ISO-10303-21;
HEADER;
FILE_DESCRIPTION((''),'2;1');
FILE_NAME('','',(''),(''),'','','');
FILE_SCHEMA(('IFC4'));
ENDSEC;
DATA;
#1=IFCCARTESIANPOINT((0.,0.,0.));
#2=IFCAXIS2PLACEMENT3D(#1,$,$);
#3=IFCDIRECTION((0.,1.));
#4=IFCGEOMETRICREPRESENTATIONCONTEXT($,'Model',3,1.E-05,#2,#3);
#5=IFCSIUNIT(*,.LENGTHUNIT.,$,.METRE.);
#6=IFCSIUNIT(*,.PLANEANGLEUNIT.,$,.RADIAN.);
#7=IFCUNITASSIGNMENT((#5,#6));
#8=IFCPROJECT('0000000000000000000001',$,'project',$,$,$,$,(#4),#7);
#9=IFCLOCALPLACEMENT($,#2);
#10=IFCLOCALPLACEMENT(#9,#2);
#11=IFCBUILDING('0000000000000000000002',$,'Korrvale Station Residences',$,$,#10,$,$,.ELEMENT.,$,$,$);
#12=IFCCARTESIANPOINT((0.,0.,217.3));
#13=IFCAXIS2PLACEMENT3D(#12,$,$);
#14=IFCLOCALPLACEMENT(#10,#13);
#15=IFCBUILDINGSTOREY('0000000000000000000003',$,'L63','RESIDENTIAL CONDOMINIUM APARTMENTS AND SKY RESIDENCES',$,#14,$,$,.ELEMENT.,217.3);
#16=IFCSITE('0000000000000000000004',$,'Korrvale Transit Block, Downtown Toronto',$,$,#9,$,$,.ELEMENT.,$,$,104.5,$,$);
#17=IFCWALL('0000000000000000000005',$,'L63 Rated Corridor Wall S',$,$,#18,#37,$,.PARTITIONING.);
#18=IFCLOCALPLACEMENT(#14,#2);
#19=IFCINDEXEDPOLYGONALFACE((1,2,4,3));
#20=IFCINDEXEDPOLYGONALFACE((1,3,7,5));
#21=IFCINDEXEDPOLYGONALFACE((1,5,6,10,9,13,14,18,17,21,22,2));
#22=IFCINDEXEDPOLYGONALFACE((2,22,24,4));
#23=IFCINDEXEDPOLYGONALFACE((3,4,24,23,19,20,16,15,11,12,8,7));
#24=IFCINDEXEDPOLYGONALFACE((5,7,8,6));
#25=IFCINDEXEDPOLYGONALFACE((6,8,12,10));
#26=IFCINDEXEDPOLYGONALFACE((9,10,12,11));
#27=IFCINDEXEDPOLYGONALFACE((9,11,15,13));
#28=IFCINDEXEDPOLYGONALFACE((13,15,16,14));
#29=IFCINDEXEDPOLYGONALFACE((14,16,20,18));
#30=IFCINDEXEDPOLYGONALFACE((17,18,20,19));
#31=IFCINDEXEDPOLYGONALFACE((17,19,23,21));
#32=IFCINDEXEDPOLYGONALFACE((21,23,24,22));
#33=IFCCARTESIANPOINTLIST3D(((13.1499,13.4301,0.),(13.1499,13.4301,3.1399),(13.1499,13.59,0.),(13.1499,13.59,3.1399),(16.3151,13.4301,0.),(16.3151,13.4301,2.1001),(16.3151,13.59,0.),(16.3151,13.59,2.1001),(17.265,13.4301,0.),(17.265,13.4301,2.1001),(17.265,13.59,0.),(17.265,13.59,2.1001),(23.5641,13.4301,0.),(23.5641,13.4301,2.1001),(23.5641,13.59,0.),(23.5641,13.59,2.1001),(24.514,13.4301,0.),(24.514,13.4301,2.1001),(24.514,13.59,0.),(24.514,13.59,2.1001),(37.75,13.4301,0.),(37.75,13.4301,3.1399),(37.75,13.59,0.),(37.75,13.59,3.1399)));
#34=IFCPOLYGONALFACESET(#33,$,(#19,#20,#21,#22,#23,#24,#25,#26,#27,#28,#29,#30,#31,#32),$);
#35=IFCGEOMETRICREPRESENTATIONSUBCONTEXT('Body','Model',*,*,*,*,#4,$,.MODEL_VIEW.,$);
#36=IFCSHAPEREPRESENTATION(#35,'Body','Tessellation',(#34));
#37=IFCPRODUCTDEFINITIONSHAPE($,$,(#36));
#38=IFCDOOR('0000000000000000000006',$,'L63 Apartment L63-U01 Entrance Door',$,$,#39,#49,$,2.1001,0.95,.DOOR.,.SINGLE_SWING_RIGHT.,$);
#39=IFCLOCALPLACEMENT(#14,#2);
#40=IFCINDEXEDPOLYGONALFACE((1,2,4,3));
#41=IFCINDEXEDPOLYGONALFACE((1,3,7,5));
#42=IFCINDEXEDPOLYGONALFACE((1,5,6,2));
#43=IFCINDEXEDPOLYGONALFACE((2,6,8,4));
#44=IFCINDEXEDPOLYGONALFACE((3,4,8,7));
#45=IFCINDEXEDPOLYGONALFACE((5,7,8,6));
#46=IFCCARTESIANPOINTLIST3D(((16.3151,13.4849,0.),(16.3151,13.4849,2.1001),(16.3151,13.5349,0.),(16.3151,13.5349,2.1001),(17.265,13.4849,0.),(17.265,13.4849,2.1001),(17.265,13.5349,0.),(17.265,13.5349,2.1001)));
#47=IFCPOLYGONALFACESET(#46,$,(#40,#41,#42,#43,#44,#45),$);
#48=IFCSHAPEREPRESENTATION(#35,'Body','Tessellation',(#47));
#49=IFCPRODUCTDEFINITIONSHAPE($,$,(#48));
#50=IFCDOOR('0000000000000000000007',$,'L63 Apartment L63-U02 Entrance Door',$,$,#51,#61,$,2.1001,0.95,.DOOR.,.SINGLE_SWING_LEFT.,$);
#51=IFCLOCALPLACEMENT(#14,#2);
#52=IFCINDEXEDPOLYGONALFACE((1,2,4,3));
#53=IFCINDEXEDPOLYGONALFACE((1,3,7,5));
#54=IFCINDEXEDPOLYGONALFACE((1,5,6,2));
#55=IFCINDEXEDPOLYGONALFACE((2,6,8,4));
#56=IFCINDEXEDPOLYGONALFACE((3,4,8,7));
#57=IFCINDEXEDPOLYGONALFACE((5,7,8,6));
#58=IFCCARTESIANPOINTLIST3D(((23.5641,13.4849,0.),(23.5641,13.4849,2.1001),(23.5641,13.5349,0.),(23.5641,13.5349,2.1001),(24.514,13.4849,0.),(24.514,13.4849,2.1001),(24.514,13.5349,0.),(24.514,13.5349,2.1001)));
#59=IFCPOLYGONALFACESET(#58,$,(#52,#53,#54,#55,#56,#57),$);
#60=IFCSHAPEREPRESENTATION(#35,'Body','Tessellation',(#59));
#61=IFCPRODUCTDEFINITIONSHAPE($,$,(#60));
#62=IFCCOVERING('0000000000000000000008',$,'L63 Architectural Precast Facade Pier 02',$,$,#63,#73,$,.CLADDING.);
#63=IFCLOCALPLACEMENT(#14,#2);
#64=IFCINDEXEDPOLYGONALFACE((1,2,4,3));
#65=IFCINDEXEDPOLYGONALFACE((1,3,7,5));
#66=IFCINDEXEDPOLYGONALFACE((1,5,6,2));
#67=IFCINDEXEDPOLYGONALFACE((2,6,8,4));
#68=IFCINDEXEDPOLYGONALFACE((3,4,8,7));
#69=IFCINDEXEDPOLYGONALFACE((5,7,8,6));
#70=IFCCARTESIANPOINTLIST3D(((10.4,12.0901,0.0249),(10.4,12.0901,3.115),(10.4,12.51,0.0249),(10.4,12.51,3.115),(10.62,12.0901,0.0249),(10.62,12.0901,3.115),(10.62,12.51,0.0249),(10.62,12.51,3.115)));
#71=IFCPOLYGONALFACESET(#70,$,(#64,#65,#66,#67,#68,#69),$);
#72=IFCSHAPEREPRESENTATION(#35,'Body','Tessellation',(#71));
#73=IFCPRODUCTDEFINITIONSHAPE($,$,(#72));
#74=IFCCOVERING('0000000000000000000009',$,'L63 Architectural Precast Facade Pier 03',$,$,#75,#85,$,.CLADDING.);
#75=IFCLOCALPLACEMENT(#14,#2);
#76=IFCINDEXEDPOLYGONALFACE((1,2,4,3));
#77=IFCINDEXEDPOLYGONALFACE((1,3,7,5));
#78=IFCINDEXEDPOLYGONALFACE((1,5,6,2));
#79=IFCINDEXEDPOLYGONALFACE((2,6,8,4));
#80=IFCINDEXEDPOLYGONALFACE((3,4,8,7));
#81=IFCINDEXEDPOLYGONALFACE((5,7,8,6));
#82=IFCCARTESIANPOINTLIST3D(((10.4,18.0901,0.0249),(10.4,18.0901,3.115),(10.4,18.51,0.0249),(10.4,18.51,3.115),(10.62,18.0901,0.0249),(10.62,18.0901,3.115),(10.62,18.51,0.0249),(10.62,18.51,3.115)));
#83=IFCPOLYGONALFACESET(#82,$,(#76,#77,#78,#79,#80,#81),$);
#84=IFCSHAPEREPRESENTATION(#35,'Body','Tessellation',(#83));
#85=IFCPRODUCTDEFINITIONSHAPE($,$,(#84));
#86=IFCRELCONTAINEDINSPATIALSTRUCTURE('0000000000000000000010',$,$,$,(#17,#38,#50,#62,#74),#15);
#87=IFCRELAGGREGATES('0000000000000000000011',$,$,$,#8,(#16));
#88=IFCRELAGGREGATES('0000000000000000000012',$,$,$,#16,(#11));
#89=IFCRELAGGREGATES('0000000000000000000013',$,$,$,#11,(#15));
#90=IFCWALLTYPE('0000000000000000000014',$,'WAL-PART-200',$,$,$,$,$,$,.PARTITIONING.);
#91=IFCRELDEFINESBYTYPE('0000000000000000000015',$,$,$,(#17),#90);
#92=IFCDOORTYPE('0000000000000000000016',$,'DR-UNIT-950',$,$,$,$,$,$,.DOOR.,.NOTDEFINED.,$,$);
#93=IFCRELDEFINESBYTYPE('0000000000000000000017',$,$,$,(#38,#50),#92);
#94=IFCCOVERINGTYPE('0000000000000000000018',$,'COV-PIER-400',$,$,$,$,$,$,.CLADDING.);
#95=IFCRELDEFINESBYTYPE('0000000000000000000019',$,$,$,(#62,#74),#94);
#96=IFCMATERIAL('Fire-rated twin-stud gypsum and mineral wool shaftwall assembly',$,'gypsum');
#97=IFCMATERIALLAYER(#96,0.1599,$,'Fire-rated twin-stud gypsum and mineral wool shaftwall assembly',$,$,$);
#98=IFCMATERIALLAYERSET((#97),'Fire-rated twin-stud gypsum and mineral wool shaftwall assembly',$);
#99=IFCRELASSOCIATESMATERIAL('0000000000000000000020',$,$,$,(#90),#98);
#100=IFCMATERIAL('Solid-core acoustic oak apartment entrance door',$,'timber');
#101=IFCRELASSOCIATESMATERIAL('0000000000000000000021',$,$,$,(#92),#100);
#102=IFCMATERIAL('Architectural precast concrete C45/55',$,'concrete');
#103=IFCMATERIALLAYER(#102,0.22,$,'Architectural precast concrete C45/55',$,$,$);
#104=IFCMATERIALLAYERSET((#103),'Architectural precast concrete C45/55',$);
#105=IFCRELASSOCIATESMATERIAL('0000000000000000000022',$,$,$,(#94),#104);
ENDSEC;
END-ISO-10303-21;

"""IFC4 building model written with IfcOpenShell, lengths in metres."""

from ifc_helpers import new_model, si_unit, direction, frame, frame_2d, origin, origin_2d, place, context, subcontext, project, spatial, rectangle, extrude, material, layer, layer_set, type_object, element, fill, save


model = new_model("IFC4")

# Units and contexts
model_context = context("Model", 3, precision=1e-05, world=origin(), true_north=direction((0.0, 1.0)))
body_context = subcontext(model_context, "Body", "Model", "MODEL_VIEW")
ifc_project = project(units=[si_unit("LENGTHUNIT", "METRE"), si_unit("PLANEANGLEUNIT", "RADIAN")], contexts=[model_context])

# Site, building, storey
site_placement = place(None, origin())
site = spatial("IfcSite", under=ifc_project, at=site_placement, Name="Korrvale Transit Block, Downtown Toronto", CompositionType="ELEMENT", RefElevation=104.5)
building_placement = place(site_placement, origin())
building = spatial("IfcBuilding", under=site, at=building_placement, Name="Korrvale Station Residences", CompositionType="ELEMENT")
storey_placement = place(building_placement, frame((0.0, 0.0, 217.3)))
storey = spatial("IfcBuildingStorey", under=building, at=storey_placement, Name="L63", Description="RESIDENTIAL CONDOMINIUM APARTMENTS AND SKY RESIDENCES", CompositionType="ELEMENT", Elevation=217.3)

# Shared definitions
ifc_material_1 = material(Name="Fire-rated twin-stud gypsum and mineral wool shaftwall assembly", Category="gypsum")
ifc_layer_1 = layer(ifc_material_1, 0.1599, Name="Fire-rated twin-stud gypsum and mineral wool shaftwall assembly")
ifc_layer_set_1 = layer_set([ifc_layer_1], Name="Fire-rated twin-stud gypsum and mineral wool shaftwall assembly")
wall_type_1 = type_object("IfcWallType", Name="WAL-PART-200", PredefinedType="PARTITIONING", material=ifc_layer_set_1)

# Shared definitions
ifc_material_2 = material(Name="Solid-core acoustic oak apartment entrance door", Category="timber")
door_type_1 = type_object("IfcDoorType", Name="DR-UNIT-950", OperationType="NOTDEFINED", PredefinedType="DOOR", material=ifc_material_2)

# Wall, openings, doors
wall_1_placement = place(storey_placement, frame((13.1499, 13.51, 0.0), z_axis=(0.0, 0.0, 1.0), x_axis=(1.0, 0.0, 0.0)))
wall_1 = element("IfcWall", 1, at=wall_1_placement, inside=storey, type_object=wall_type_1, Name="L63 Rated Corridor Wall S", PredefinedType="PARTITIONING", context=body_context, shape_type="SweptSolid", body=[
    extrude(rectangle(XDim=24.6001, YDim=0.1599, at=frame_2d((12.3, 0.0))), origin(), (0.0, 0.0, 1.0), 3.1399),
])
opening_1_placement = place(wall_1_placement, frame((3.165, 0.0, 0.0)))
opening_1 = element("IfcOpeningElement", 2, at=opening_1_placement, cuts=wall_1, PredefinedType="OPENING", context=body_context, shape_type="SweptSolid", body=[
    extrude(rectangle(XDim=0.95, YDim=2.1001, at=frame_2d((0.4751, 1.05))), frame((0.0, 0.0898, 0.0), z_axis=(0.0, -1.0, 0.0), x_axis=(1.0, 0.0, 0.0)), (0.0, 0.0, 1.0), 0.1799),
])
opening_2_placement = place(wall_1_placement, frame((10.4141, 0.0, 0.0)))
opening_2 = element("IfcOpeningElement", 3, at=opening_2_placement, cuts=wall_1, PredefinedType="OPENING", context=body_context, shape_type="SweptSolid", body=[
    extrude(rectangle(XDim=0.95, YDim=2.1001, at=frame_2d((0.4751, 1.05))), frame((0.0, 0.0898, 0.0), z_axis=(0.0, -1.0, 0.0), x_axis=(1.0, 0.0, 0.0)), (0.0, 0.0, 1.0), 0.1799),
])
door_1_placement = place(opening_1_placement, origin())
door_1 = element("IfcDoor", 4, at=door_1_placement, inside=storey, type_object=door_type_1, Name="L63 Apartment L63-U01 Entrance Door", OperationType="SINGLE_SWING_RIGHT", OverallHeight=2.1001, OverallWidth=0.95, PredefinedType="DOOR", context=body_context, shape_type="SweptSolid", body=[
    extrude(rectangle(XDim=0.95, YDim=2.1001, at=frame_2d((0.4751, 1.05))), frame((0.0, 0.0249, 0.0), z_axis=(0.0, -1.0, 0.0), x_axis=(1.0, 0.0, 0.0)), (0.0, 0.0, 1.0), 0.05),
])
fill(opening_1, door_1)
door_2_placement = place(opening_2_placement, origin())
door_2 = element("IfcDoor", 5, at=door_2_placement, inside=storey, type_object=door_type_1, Name="L63 Apartment L63-U02 Entrance Door", OperationType="SINGLE_SWING_LEFT", OverallHeight=2.1001, OverallWidth=0.95, PredefinedType="DOOR", context=body_context, shape_type="SweptSolid", body=[
    extrude(rectangle(XDim=0.95, YDim=2.1001, at=frame_2d((0.4751, 1.05))), frame((0.0, 0.0249, 0.0), z_axis=(0.0, -1.0, 0.0), x_axis=(1.0, 0.0, 0.0)), (0.0, 0.0, 1.0), 0.05),
])
fill(opening_2, door_2)

# Coverings
ifc_material_3 = material(Name="Architectural precast concrete C45/55", Category="concrete")
ifc_layer_2 = layer(ifc_material_3, 0.22, Name="Architectural precast concrete C45/55")
ifc_layer_set_2 = layer_set([ifc_layer_2], Name="Architectural precast concrete C45/55")
covering_type = type_object("IfcCoveringType", Name="COV-PIER-400", PredefinedType="CLADDING", material=ifc_layer_set_2)
for number, where, z_axis, x_axis, name in (
    (6, (10.51, 12.3, 0.0249), (0.0, 0.0, 1.0), (0.0, 1.0, 0.0), "L63 Architectural Precast Facade Pier 02"),
    (7, (10.51, 18.3, 0.0249), (0.0, 0.0, 1.0), (0.0, 1.0, 0.0), "L63 Architectural Precast Facade Pier 03"),
):
    element("IfcCovering", number, at=place(storey_placement, frame(where, z_axis=z_axis, x_axis=x_axis)), inside=storey, type_object=covering_type, Name=name, PredefinedType="CLADDING", context=body_context, shape_type="SweptSolid", body=[
        extrude(rectangle(XDim=0.4199, YDim=0.22, at=origin_2d()), origin(), (0.0, 0.0, 1.0), 3.0901),
    ])

save(model, "model.ifc")
